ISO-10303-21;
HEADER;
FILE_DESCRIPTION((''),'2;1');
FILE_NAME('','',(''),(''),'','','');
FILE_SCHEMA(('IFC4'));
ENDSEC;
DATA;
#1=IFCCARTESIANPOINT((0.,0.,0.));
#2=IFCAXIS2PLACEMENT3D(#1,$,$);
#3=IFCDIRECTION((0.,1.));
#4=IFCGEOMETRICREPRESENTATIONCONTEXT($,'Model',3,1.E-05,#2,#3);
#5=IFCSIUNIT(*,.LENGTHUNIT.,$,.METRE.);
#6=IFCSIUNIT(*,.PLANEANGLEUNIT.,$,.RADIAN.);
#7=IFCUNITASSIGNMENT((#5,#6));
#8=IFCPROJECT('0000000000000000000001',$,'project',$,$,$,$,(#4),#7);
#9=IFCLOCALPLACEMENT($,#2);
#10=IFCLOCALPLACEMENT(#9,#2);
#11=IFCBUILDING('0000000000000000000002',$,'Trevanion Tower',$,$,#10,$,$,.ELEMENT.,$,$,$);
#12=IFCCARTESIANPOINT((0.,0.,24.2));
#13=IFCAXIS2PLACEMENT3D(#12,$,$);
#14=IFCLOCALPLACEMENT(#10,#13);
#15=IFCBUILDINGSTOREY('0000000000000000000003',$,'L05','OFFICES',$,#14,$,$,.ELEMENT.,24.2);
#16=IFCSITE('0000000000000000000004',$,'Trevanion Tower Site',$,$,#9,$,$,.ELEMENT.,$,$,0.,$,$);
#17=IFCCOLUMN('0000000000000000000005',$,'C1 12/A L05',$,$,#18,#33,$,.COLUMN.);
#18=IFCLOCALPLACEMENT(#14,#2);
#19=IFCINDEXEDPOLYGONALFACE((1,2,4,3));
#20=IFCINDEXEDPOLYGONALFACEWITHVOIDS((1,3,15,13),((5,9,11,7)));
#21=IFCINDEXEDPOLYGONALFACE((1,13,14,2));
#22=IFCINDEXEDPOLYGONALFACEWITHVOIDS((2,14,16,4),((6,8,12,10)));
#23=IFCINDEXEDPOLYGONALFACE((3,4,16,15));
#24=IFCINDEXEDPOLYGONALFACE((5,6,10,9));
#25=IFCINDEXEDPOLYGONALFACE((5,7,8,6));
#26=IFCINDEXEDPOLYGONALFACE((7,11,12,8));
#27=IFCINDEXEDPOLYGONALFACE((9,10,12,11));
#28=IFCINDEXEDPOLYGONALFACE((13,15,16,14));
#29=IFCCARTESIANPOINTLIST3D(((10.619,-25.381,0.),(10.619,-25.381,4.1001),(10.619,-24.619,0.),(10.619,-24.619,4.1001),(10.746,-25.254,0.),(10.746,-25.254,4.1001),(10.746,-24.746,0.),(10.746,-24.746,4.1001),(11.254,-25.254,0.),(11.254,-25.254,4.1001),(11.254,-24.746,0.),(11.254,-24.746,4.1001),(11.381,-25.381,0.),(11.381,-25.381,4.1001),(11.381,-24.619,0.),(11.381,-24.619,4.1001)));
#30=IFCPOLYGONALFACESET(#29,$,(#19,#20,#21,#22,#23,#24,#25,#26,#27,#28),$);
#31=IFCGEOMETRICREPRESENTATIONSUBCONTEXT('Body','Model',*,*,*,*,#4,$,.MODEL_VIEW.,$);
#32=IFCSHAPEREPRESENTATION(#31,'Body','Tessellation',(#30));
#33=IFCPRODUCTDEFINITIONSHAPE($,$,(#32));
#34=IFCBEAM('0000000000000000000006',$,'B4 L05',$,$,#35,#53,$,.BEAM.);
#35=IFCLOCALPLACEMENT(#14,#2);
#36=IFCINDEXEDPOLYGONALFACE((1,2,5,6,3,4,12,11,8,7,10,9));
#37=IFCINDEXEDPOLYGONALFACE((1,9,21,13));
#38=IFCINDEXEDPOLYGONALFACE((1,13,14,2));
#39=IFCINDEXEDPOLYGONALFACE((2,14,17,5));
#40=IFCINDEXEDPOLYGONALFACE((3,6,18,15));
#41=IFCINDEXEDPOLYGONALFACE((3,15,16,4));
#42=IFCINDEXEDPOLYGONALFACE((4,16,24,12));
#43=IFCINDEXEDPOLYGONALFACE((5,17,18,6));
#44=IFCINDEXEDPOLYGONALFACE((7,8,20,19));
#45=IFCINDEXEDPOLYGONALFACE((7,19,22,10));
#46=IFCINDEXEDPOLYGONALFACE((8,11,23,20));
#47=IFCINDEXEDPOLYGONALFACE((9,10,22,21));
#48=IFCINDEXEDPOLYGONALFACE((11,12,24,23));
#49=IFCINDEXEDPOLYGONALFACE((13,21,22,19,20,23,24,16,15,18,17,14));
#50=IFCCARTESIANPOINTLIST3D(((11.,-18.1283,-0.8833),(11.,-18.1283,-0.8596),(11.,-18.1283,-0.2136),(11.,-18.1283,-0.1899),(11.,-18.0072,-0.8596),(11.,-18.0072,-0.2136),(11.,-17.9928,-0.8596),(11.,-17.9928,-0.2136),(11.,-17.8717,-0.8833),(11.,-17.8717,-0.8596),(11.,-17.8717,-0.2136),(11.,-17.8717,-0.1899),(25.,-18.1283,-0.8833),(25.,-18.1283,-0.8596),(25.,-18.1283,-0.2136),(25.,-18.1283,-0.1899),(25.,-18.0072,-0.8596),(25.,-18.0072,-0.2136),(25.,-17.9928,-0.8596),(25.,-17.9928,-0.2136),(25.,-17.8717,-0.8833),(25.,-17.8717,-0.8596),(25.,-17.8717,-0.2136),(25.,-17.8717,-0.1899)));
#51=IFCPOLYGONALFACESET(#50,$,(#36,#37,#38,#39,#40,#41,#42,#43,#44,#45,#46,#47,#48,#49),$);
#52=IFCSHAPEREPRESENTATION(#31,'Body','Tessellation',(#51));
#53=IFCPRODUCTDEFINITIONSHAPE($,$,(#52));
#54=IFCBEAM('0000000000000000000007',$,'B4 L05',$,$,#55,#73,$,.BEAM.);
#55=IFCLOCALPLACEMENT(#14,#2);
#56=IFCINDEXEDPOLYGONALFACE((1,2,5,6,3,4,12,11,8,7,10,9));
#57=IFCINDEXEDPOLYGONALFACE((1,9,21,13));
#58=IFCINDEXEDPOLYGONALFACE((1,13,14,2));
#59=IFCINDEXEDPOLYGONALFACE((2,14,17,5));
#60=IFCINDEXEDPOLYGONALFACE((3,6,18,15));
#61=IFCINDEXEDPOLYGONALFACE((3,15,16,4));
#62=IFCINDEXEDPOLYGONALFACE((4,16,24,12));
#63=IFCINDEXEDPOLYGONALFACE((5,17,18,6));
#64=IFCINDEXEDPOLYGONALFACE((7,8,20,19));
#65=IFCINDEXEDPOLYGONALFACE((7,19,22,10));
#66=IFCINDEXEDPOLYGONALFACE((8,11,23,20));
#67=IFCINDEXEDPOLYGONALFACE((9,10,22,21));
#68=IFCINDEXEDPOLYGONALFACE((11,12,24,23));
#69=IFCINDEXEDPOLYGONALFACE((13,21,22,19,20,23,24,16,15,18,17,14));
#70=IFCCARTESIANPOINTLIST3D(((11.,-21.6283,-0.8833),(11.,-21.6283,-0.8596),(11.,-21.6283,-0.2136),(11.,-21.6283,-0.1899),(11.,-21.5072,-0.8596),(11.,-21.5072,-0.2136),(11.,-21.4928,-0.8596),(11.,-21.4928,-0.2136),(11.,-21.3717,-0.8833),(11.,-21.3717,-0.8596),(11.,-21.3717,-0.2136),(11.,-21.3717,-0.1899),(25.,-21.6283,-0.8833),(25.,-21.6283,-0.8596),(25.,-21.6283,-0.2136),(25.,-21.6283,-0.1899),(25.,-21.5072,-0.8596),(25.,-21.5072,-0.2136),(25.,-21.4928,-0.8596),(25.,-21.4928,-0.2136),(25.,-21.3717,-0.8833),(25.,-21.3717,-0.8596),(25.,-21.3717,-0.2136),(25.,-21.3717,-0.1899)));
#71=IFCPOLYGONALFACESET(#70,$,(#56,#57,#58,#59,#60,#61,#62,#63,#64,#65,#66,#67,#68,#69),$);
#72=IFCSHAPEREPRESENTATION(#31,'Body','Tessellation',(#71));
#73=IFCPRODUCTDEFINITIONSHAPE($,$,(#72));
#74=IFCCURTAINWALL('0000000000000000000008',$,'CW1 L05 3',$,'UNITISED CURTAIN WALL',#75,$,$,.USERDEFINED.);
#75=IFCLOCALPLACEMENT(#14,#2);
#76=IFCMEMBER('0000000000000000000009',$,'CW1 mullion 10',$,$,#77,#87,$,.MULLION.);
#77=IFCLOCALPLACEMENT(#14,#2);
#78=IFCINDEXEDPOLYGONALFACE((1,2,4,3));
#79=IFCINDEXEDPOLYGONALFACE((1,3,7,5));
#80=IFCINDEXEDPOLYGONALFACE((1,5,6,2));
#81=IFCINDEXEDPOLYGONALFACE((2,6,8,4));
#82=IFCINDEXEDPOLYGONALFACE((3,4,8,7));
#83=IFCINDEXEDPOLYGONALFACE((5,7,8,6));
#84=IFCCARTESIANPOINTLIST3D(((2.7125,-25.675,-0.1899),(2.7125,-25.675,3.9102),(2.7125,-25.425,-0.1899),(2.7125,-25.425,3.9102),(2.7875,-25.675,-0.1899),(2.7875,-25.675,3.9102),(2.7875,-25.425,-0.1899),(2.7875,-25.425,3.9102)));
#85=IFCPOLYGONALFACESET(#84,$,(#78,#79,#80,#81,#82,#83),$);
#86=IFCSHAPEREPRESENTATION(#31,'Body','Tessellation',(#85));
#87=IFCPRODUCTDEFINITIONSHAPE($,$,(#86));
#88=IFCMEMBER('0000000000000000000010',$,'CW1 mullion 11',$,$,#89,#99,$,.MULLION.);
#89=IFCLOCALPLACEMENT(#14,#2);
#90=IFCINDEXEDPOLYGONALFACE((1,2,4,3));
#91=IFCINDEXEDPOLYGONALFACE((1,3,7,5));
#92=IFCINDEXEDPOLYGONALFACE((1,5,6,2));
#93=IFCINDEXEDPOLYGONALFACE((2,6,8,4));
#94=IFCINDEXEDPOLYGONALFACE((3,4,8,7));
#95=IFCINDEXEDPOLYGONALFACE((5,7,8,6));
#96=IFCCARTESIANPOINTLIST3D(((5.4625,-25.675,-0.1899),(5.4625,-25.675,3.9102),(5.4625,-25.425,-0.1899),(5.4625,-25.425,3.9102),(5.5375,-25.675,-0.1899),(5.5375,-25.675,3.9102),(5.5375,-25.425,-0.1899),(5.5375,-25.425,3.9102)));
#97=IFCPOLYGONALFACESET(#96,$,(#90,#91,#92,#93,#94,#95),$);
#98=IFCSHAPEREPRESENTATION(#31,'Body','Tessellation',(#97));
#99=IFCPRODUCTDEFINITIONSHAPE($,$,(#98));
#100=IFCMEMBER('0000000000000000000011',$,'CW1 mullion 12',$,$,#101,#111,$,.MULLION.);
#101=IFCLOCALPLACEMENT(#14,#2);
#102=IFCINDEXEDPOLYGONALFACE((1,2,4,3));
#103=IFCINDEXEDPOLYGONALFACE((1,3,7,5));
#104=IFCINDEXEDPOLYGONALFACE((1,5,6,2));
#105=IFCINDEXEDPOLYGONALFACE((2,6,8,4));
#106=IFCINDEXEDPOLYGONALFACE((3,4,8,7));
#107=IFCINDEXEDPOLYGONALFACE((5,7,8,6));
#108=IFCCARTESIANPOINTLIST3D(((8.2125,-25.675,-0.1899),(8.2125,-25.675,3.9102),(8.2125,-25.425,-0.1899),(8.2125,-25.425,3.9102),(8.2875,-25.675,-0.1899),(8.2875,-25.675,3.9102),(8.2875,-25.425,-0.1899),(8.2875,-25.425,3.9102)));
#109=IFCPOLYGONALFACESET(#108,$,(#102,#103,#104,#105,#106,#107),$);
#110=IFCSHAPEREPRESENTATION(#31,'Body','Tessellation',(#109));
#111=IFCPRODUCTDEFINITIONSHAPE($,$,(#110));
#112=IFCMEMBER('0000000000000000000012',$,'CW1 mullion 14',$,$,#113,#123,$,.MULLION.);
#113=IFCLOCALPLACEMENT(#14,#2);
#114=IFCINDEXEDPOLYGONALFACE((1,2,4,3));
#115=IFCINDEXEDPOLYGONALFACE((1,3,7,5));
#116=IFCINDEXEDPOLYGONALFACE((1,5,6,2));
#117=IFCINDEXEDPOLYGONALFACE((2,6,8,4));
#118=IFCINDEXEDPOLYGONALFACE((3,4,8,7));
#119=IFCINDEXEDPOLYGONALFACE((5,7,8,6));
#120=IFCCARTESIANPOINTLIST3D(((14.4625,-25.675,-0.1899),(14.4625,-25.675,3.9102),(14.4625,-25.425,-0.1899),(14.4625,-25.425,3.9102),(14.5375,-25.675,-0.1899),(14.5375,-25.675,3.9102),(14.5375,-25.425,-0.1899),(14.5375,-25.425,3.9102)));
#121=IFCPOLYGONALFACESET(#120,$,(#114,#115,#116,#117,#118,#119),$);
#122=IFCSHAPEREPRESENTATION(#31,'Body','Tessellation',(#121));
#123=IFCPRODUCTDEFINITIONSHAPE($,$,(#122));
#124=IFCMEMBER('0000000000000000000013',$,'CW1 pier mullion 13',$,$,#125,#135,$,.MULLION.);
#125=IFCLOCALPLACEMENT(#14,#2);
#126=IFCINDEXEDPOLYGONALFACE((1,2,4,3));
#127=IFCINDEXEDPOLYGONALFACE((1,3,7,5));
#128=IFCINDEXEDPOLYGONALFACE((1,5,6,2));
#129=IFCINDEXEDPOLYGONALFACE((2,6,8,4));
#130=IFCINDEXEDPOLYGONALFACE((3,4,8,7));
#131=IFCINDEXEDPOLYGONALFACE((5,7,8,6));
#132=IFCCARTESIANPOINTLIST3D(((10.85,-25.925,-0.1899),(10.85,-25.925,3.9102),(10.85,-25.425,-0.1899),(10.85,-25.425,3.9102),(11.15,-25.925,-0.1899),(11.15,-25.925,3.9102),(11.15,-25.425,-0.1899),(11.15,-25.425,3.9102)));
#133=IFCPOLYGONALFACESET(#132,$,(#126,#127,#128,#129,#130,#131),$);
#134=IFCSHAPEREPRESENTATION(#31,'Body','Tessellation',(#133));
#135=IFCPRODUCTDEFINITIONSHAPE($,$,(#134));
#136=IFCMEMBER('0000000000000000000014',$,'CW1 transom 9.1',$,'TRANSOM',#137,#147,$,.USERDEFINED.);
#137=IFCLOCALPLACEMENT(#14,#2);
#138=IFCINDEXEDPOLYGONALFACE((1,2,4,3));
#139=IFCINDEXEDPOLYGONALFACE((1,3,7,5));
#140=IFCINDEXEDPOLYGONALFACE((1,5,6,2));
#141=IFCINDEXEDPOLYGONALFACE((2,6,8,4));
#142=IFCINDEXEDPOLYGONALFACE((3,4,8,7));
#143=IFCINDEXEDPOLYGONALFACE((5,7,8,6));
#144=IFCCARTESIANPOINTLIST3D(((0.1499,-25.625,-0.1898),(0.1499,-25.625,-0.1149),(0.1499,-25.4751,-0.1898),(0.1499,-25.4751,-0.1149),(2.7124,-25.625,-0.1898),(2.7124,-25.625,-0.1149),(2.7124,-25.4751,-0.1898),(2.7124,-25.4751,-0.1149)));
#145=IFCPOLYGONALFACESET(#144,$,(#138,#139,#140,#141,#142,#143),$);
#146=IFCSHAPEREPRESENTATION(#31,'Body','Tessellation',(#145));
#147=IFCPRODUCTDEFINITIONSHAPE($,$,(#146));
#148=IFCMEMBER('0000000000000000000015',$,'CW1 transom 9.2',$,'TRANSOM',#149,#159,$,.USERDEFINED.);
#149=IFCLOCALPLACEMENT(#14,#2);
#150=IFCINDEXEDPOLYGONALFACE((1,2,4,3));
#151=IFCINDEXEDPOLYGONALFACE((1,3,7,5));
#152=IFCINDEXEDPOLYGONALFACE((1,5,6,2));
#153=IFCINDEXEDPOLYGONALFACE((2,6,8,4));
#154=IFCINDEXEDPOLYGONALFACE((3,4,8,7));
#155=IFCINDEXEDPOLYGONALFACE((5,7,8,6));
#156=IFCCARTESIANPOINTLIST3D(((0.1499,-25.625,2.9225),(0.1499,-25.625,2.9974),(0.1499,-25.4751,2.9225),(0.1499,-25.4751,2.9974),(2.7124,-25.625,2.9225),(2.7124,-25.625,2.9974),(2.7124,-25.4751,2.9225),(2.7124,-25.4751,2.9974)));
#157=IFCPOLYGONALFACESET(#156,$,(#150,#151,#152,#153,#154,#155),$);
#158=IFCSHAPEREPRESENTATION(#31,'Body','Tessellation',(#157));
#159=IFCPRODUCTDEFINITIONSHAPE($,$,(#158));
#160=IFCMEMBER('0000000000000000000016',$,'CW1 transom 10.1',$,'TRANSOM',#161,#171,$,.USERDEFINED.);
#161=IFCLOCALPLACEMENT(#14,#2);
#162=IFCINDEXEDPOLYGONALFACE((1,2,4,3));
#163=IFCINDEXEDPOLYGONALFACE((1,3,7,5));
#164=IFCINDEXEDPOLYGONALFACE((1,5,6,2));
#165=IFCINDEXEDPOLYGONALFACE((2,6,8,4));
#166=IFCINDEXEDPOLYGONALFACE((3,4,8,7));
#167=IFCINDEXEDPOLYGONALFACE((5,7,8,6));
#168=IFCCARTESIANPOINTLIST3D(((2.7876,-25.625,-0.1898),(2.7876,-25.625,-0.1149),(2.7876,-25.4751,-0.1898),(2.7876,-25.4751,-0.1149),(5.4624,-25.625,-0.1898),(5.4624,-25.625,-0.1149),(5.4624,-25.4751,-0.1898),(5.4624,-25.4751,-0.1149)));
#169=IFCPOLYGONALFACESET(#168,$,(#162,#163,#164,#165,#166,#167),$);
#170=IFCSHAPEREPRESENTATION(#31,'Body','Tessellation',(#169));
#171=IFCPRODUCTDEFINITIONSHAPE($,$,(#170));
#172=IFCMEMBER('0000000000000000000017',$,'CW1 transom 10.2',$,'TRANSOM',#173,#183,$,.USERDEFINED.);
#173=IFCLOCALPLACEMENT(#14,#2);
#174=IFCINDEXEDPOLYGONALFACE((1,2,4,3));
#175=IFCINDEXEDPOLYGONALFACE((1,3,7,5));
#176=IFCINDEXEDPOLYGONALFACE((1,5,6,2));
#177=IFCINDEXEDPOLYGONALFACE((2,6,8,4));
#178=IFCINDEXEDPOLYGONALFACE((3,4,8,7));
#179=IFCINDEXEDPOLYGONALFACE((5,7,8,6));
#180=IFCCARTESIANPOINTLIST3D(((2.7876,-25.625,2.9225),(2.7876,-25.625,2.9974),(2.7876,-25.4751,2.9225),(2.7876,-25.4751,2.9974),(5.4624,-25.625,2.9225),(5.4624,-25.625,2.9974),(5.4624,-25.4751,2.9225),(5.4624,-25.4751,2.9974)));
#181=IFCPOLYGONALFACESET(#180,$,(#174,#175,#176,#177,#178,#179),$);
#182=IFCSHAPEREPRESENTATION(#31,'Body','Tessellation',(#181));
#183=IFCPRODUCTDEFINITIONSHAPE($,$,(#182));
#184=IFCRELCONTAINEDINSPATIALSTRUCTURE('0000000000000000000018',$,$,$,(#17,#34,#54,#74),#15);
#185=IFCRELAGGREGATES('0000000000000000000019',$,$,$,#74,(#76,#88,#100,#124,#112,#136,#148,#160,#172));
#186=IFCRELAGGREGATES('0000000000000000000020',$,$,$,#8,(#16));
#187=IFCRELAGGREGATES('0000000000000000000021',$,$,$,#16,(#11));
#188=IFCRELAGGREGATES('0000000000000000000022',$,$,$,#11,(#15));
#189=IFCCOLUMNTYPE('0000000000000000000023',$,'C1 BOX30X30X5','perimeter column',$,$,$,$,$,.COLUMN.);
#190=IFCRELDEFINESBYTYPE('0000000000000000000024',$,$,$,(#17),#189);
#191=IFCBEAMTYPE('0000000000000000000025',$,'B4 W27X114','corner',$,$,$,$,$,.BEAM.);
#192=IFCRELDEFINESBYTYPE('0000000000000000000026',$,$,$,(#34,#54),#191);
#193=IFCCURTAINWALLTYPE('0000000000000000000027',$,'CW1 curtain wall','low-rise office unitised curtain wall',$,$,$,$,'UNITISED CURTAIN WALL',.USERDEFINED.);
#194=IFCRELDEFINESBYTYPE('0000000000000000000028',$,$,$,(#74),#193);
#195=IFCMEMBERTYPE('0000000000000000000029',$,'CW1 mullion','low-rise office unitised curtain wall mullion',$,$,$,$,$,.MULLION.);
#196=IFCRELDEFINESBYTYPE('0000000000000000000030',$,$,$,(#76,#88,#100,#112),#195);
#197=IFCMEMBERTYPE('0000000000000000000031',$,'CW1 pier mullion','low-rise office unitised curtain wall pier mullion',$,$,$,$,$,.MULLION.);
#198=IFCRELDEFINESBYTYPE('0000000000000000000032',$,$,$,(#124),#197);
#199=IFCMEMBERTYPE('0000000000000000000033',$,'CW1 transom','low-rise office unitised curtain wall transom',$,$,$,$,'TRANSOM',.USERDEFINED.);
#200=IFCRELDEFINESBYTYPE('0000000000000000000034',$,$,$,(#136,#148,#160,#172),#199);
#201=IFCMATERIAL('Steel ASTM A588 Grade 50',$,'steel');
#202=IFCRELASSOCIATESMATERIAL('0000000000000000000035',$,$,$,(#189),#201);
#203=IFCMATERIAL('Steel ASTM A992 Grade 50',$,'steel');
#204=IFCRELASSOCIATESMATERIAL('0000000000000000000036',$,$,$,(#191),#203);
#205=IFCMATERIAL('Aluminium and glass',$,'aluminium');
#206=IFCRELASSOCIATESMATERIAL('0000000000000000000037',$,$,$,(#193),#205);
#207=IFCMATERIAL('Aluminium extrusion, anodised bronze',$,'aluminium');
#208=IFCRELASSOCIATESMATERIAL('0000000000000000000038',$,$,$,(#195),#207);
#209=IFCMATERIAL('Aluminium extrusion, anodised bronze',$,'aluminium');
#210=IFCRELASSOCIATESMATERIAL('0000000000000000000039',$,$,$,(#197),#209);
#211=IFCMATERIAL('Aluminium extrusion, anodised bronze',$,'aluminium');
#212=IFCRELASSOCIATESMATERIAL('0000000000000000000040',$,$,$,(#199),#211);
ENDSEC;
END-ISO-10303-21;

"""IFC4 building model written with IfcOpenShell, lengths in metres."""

from ifc_helpers import new_model, si_unit, direction, frame, origin, origin_2d, place, context, subcontext, project, spatial, rectangle, hollow_rectangle, i_section, extrude, material, material_profile, profile_set, type_object, element, aggregate, save


model = new_model("IFC4")

# Units and contexts
model_context = context("Model", 3, precision=1e-05, world=origin(), true_north=direction((0.0, 1.0)))
body_context = subcontext(model_context, "Body", "Model", "MODEL_VIEW")
ifc_project = project(units=[si_unit("LENGTHUNIT", "METRE"), si_unit("PLANEANGLEUNIT", "RADIAN")], contexts=[model_context])

# Site, building, storey
site_placement = place(None, origin())
site = spatial("IfcSite", under=ifc_project, at=site_placement, Name="Trevanion Tower Site", CompositionType="ELEMENT", RefElevation=0.0)
building_placement = place(site_placement, origin())
building = spatial("IfcBuilding", under=site, at=building_placement, Name="Trevanion Tower", CompositionType="ELEMENT")
storey_placement = place(building_placement, frame((0.0, 0.0, 24.2)))
storey = spatial("IfcBuildingStorey", under=building, at=storey_placement, Name="L05", Description="OFFICES", CompositionType="ELEMENT", Elevation=24.2)

# Column
ifc_material_1 = material(Name="Steel ASTM A588 Grade 50", Category="steel")
ifc_material_profile_1 = material_profile(ifc_material_1, hollow_rectangle(XDim=0.762, YDim=0.762, WallThickness=0.127, at=origin_2d()), Name="BOX30X30X5")
ifc_profile_set_1 = profile_set([ifc_material_profile_1], Name="Steel ASTM A588 Grade 50")
column_type = type_object("IfcColumnType", Name="C1 BOX30X30X5", Description="perimeter column", PredefinedType="COLUMN", material=ifc_profile_set_1)
column_placement = place(storey_placement, frame((11.0, -25.0, 0.0), z_axis=(0.0, 0.0, 1.0), x_axis=(1.0, 0.0, 0.0)))
element("IfcColumn", 1, at=column_placement, inside=storey, type_object=column_type, Name="C1 12/A L05", PredefinedType="COLUMN", context=body_context, shape_type="SweptSolid", body=[
    extrude(hollow_rectangle(XDim=0.762, YDim=0.762, WallThickness=0.127, at=origin_2d()), origin(), (0.0, 0.0, 1.0), 4.1001),
])

# Beams
ifc_material_2 = material(Name="Steel ASTM A992 Grade 50", Category="steel")
ifc_material_profile_2 = material_profile(ifc_material_2, i_section(OverallWidth=0.2566, OverallDepth=0.6934, WebThickness=0.0144, FlangeThickness=0.0237, at=origin_2d()), Name="W27X114")
ifc_profile_set_2 = profile_set([ifc_material_profile_2], Name="Steel ASTM A992 Grade 50")
beam_type_1 = type_object("IfcBeamType", Name="B4 W27X114", Description="corner", PredefinedType="BEAM", material=ifc_profile_set_2)
for number, where, z_axis, x_axis, name in (
    (2, (11.0, -18.0, -0.5366), (1.0, 0.0, 0.0), (0.0, 1.0, 0.0), "B4 L05"),
    (3, (11.0, -21.5, -0.5366), (1.0, 0.0, 0.0), (0.0, 1.0, 0.0), "B4 L05"),
):
    element("IfcBeam", number, at=place(storey_placement, frame(where, z_axis=z_axis, x_axis=x_axis)), inside=storey, type_object=beam_type_1, Name=name, PredefinedType="BEAM", context=body_context, shape_type="SweptSolid", body=[
        extrude(i_section(OverallWidth=0.2566, OverallDepth=0.6934, WebThickness=0.0144, FlangeThickness=0.0237, at=origin_2d()), origin(), (0.0, 0.0, 1.0), 14.0),
    ])

# Curtain wall, members
ifc_material_3 = material(Name="Aluminium and glass", Category="aluminium")
curtain_wall_type = type_object("IfcCurtainWallType", Name="CW1 curtain wall", Description="low-rise office unitised curtain wall", ElementType="UNITISED CURTAIN WALL", PredefinedType="USERDEFINED", material=ifc_material_3)
curtain_wall_placement = place(storey_placement, origin())
curtain_wall = element("IfcCurtainWall", 4, at=curtain_wall_placement, inside=storey, type_object=curtain_wall_type, Name="CW1 L05 3", ObjectType="UNITISED CURTAIN WALL", PredefinedType="USERDEFINED")
ifc_material_4 = material(Name="Aluminium extrusion, anodised bronze", Category="aluminium")
ifc_material_profile_3 = material_profile(ifc_material_4, rectangle(XDim=0.075, YDim=0.25, at=origin_2d()), Name="CW1 mullion")
ifc_profile_set_3 = profile_set([ifc_material_profile_3], Name="Aluminium extrusion, anodised bronze")
member_type_1 = type_object("IfcMemberType", Name="CW1 mullion", Description="low-rise office unitised curtain wall mullion", PredefinedType="MULLION", material=ifc_profile_set_3)
member_1_placement = place(storey_placement, frame((2.75, -25.55, -0.1899), z_axis=(0.0, 0.0, 1.0), x_axis=(1.0, 0.0, 0.0)))
member_1 = element("IfcMember", 5, at=member_1_placement, type_object=member_type_1, Name="CW1 mullion 10", PredefinedType="MULLION", context=body_context, shape_type="SweptSolid", body=[
    extrude(rectangle(XDim=0.075, YDim=0.25, at=origin_2d()), origin(), (0.0, 0.0, 1.0), 4.1001),
])
member_2_placement = place(storey_placement, frame((5.5, -25.55, -0.1899), z_axis=(0.0, 0.0, 1.0), x_axis=(1.0, 0.0, 0.0)))
member_2 = element("IfcMember", 6, at=member_2_placement, type_object=member_type_1, Name="CW1 mullion 11", PredefinedType="MULLION", context=body_context, shape_type="SweptSolid", body=[
    extrude(rectangle(XDim=0.075, YDim=0.25, at=origin_2d()), origin(), (0.0, 0.0, 1.0), 4.1001),
])
member_3_placement = place(storey_placement, frame((8.25, -25.55, -0.1899), z_axis=(0.0, 0.0, 1.0), x_axis=(1.0, 0.0, 0.0)))
member_3 = element("IfcMember", 7, at=member_3_placement, type_object=member_type_1, Name="CW1 mullion 12", PredefinedType="MULLION", context=body_context, shape_type="SweptSolid", body=[
    extrude(rectangle(XDim=0.075, YDim=0.25, at=origin_2d()), origin(), (0.0, 0.0, 1.0), 4.1001),
])
member_4_placement = place(storey_placement, frame((14.5, -25.55, -0.1899), z_axis=(0.0, 0.0, 1.0), x_axis=(1.0, 0.0, 0.0)))
member_4 = element("IfcMember", 8, at=member_4_placement, type_object=member_type_1, Name="CW1 mullion 14", PredefinedType="MULLION", context=body_context, shape_type="SweptSolid", body=[
    extrude(rectangle(XDim=0.075, YDim=0.25, at=origin_2d()), origin(), (0.0, 0.0, 1.0), 4.1001),
])
ifc_material_5 = material(Name="Aluminium extrusion, anodised bronze", Category="aluminium")
ifc_material_profile_4 = material_profile(ifc_material_5, rectangle(XDim=0.3, YDim=0.5, at=origin_2d()), Name="CW1 pier mullion")
ifc_profile_set_4 = profile_set([ifc_material_profile_4], Name="Aluminium extrusion, anodised bronze")
member_type_2 = type_object("IfcMemberType", Name="CW1 pier mullion", Description="low-rise office unitised curtain wall pier mullion", PredefinedType="MULLION", material=ifc_profile_set_4)
member_5_placement = place(storey_placement, frame((11.0, -25.675, -0.1899), z_axis=(0.0, 0.0, 1.0), x_axis=(1.0, 0.0, 0.0)))
member_5 = element("IfcMember", 9, at=member_5_placement, type_object=member_type_2, Name="CW1 pier mullion 13", PredefinedType="MULLION", context=body_context, shape_type="SweptSolid", body=[
    extrude(rectangle(XDim=0.3, YDim=0.5, at=origin_2d()), origin(), (0.0, 0.0, 1.0), 4.1001),
])
ifc_material_6 = material(Name="Aluminium extrusion, anodised bronze", Category="aluminium")
ifc_material_profile_5 = material_profile(ifc_material_6, rectangle(XDim=0.1499, YDim=0.075, at=origin_2d()), Name="CW1 transom")
ifc_profile_set_5 = profile_set([ifc_material_profile_5], Name="Aluminium extrusion, anodised bronze")
member_type_3 = type_object("IfcMemberType", Name="CW1 transom", Description="low-rise office unitised curtain wall transom", ElementType="TRANSOM", PredefinedType="USERDEFINED", material=ifc_profile_set_5)
member_6_placement = place(storey_placement, frame((0.1499, -25.55, -0.1523), z_axis=(1.0, 0.0, 0.0), x_axis=(0.0, 1.0, 0.0)))
member_6 = element("IfcMember", 10, at=member_6_placement, type_object=member_type_3, Name="CW1 transom 9.1", ObjectType="TRANSOM", PredefinedType="USERDEFINED", context=body_context, shape_type="SweptSolid", body=[
    extrude(rectangle(XDim=0.1499, YDim=0.075, at=origin_2d()), origin(), (0.0, 0.0, 1.0), 2.5625),
])
member_7_placement = place(storey_placement, frame((0.1499, -25.55, 2.96), z_axis=(1.0, 0.0, 0.0), x_axis=(0.0, 1.0, 0.0)))
member_7 = element("IfcMember", 11, at=member_7_placement, type_object=member_type_3, Name="CW1 transom 9.2", ObjectType="TRANSOM", PredefinedType="USERDEFINED", context=body_context, shape_type="SweptSolid", body=[
    extrude(rectangle(XDim=0.1499, YDim=0.075, at=origin_2d()), origin(), (0.0, 0.0, 1.0), 2.5625),
])
member_8_placement = place(storey_placement, frame((2.7876, -25.55, -0.1523), z_axis=(1.0, 0.0, 0.0), x_axis=(0.0, 1.0, 0.0)))
member_8 = element("IfcMember", 12, at=member_8_placement, type_object=member_type_3, Name="CW1 transom 10.1", ObjectType="TRANSOM", PredefinedType="USERDEFINED", context=body_context, shape_type="SweptSolid", body=[
    extrude(rectangle(XDim=0.1499, YDim=0.075, at=origin_2d()), origin(), (0.0, 0.0, 1.0), 2.6748),
])
member_9_placement = place(storey_placement, frame((2.7876, -25.55, 2.96), z_axis=(1.0, 0.0, 0.0), x_axis=(0.0, 1.0, 0.0)))
member_9 = element("IfcMember", 13, at=member_9_placement, type_object=member_type_3, Name="CW1 transom 10.2", ObjectType="TRANSOM", PredefinedType="USERDEFINED", context=body_context, shape_type="SweptSolid", body=[
    extrude(rectangle(XDim=0.1499, YDim=0.075, at=origin_2d()), origin(), (0.0, 0.0, 1.0), 2.6748),
])

aggregate(curtain_wall, [member_1, member_2, member_3, member_5, member_4, member_6, member_7, member_8, member_9])

save(model, "model.ifc")
